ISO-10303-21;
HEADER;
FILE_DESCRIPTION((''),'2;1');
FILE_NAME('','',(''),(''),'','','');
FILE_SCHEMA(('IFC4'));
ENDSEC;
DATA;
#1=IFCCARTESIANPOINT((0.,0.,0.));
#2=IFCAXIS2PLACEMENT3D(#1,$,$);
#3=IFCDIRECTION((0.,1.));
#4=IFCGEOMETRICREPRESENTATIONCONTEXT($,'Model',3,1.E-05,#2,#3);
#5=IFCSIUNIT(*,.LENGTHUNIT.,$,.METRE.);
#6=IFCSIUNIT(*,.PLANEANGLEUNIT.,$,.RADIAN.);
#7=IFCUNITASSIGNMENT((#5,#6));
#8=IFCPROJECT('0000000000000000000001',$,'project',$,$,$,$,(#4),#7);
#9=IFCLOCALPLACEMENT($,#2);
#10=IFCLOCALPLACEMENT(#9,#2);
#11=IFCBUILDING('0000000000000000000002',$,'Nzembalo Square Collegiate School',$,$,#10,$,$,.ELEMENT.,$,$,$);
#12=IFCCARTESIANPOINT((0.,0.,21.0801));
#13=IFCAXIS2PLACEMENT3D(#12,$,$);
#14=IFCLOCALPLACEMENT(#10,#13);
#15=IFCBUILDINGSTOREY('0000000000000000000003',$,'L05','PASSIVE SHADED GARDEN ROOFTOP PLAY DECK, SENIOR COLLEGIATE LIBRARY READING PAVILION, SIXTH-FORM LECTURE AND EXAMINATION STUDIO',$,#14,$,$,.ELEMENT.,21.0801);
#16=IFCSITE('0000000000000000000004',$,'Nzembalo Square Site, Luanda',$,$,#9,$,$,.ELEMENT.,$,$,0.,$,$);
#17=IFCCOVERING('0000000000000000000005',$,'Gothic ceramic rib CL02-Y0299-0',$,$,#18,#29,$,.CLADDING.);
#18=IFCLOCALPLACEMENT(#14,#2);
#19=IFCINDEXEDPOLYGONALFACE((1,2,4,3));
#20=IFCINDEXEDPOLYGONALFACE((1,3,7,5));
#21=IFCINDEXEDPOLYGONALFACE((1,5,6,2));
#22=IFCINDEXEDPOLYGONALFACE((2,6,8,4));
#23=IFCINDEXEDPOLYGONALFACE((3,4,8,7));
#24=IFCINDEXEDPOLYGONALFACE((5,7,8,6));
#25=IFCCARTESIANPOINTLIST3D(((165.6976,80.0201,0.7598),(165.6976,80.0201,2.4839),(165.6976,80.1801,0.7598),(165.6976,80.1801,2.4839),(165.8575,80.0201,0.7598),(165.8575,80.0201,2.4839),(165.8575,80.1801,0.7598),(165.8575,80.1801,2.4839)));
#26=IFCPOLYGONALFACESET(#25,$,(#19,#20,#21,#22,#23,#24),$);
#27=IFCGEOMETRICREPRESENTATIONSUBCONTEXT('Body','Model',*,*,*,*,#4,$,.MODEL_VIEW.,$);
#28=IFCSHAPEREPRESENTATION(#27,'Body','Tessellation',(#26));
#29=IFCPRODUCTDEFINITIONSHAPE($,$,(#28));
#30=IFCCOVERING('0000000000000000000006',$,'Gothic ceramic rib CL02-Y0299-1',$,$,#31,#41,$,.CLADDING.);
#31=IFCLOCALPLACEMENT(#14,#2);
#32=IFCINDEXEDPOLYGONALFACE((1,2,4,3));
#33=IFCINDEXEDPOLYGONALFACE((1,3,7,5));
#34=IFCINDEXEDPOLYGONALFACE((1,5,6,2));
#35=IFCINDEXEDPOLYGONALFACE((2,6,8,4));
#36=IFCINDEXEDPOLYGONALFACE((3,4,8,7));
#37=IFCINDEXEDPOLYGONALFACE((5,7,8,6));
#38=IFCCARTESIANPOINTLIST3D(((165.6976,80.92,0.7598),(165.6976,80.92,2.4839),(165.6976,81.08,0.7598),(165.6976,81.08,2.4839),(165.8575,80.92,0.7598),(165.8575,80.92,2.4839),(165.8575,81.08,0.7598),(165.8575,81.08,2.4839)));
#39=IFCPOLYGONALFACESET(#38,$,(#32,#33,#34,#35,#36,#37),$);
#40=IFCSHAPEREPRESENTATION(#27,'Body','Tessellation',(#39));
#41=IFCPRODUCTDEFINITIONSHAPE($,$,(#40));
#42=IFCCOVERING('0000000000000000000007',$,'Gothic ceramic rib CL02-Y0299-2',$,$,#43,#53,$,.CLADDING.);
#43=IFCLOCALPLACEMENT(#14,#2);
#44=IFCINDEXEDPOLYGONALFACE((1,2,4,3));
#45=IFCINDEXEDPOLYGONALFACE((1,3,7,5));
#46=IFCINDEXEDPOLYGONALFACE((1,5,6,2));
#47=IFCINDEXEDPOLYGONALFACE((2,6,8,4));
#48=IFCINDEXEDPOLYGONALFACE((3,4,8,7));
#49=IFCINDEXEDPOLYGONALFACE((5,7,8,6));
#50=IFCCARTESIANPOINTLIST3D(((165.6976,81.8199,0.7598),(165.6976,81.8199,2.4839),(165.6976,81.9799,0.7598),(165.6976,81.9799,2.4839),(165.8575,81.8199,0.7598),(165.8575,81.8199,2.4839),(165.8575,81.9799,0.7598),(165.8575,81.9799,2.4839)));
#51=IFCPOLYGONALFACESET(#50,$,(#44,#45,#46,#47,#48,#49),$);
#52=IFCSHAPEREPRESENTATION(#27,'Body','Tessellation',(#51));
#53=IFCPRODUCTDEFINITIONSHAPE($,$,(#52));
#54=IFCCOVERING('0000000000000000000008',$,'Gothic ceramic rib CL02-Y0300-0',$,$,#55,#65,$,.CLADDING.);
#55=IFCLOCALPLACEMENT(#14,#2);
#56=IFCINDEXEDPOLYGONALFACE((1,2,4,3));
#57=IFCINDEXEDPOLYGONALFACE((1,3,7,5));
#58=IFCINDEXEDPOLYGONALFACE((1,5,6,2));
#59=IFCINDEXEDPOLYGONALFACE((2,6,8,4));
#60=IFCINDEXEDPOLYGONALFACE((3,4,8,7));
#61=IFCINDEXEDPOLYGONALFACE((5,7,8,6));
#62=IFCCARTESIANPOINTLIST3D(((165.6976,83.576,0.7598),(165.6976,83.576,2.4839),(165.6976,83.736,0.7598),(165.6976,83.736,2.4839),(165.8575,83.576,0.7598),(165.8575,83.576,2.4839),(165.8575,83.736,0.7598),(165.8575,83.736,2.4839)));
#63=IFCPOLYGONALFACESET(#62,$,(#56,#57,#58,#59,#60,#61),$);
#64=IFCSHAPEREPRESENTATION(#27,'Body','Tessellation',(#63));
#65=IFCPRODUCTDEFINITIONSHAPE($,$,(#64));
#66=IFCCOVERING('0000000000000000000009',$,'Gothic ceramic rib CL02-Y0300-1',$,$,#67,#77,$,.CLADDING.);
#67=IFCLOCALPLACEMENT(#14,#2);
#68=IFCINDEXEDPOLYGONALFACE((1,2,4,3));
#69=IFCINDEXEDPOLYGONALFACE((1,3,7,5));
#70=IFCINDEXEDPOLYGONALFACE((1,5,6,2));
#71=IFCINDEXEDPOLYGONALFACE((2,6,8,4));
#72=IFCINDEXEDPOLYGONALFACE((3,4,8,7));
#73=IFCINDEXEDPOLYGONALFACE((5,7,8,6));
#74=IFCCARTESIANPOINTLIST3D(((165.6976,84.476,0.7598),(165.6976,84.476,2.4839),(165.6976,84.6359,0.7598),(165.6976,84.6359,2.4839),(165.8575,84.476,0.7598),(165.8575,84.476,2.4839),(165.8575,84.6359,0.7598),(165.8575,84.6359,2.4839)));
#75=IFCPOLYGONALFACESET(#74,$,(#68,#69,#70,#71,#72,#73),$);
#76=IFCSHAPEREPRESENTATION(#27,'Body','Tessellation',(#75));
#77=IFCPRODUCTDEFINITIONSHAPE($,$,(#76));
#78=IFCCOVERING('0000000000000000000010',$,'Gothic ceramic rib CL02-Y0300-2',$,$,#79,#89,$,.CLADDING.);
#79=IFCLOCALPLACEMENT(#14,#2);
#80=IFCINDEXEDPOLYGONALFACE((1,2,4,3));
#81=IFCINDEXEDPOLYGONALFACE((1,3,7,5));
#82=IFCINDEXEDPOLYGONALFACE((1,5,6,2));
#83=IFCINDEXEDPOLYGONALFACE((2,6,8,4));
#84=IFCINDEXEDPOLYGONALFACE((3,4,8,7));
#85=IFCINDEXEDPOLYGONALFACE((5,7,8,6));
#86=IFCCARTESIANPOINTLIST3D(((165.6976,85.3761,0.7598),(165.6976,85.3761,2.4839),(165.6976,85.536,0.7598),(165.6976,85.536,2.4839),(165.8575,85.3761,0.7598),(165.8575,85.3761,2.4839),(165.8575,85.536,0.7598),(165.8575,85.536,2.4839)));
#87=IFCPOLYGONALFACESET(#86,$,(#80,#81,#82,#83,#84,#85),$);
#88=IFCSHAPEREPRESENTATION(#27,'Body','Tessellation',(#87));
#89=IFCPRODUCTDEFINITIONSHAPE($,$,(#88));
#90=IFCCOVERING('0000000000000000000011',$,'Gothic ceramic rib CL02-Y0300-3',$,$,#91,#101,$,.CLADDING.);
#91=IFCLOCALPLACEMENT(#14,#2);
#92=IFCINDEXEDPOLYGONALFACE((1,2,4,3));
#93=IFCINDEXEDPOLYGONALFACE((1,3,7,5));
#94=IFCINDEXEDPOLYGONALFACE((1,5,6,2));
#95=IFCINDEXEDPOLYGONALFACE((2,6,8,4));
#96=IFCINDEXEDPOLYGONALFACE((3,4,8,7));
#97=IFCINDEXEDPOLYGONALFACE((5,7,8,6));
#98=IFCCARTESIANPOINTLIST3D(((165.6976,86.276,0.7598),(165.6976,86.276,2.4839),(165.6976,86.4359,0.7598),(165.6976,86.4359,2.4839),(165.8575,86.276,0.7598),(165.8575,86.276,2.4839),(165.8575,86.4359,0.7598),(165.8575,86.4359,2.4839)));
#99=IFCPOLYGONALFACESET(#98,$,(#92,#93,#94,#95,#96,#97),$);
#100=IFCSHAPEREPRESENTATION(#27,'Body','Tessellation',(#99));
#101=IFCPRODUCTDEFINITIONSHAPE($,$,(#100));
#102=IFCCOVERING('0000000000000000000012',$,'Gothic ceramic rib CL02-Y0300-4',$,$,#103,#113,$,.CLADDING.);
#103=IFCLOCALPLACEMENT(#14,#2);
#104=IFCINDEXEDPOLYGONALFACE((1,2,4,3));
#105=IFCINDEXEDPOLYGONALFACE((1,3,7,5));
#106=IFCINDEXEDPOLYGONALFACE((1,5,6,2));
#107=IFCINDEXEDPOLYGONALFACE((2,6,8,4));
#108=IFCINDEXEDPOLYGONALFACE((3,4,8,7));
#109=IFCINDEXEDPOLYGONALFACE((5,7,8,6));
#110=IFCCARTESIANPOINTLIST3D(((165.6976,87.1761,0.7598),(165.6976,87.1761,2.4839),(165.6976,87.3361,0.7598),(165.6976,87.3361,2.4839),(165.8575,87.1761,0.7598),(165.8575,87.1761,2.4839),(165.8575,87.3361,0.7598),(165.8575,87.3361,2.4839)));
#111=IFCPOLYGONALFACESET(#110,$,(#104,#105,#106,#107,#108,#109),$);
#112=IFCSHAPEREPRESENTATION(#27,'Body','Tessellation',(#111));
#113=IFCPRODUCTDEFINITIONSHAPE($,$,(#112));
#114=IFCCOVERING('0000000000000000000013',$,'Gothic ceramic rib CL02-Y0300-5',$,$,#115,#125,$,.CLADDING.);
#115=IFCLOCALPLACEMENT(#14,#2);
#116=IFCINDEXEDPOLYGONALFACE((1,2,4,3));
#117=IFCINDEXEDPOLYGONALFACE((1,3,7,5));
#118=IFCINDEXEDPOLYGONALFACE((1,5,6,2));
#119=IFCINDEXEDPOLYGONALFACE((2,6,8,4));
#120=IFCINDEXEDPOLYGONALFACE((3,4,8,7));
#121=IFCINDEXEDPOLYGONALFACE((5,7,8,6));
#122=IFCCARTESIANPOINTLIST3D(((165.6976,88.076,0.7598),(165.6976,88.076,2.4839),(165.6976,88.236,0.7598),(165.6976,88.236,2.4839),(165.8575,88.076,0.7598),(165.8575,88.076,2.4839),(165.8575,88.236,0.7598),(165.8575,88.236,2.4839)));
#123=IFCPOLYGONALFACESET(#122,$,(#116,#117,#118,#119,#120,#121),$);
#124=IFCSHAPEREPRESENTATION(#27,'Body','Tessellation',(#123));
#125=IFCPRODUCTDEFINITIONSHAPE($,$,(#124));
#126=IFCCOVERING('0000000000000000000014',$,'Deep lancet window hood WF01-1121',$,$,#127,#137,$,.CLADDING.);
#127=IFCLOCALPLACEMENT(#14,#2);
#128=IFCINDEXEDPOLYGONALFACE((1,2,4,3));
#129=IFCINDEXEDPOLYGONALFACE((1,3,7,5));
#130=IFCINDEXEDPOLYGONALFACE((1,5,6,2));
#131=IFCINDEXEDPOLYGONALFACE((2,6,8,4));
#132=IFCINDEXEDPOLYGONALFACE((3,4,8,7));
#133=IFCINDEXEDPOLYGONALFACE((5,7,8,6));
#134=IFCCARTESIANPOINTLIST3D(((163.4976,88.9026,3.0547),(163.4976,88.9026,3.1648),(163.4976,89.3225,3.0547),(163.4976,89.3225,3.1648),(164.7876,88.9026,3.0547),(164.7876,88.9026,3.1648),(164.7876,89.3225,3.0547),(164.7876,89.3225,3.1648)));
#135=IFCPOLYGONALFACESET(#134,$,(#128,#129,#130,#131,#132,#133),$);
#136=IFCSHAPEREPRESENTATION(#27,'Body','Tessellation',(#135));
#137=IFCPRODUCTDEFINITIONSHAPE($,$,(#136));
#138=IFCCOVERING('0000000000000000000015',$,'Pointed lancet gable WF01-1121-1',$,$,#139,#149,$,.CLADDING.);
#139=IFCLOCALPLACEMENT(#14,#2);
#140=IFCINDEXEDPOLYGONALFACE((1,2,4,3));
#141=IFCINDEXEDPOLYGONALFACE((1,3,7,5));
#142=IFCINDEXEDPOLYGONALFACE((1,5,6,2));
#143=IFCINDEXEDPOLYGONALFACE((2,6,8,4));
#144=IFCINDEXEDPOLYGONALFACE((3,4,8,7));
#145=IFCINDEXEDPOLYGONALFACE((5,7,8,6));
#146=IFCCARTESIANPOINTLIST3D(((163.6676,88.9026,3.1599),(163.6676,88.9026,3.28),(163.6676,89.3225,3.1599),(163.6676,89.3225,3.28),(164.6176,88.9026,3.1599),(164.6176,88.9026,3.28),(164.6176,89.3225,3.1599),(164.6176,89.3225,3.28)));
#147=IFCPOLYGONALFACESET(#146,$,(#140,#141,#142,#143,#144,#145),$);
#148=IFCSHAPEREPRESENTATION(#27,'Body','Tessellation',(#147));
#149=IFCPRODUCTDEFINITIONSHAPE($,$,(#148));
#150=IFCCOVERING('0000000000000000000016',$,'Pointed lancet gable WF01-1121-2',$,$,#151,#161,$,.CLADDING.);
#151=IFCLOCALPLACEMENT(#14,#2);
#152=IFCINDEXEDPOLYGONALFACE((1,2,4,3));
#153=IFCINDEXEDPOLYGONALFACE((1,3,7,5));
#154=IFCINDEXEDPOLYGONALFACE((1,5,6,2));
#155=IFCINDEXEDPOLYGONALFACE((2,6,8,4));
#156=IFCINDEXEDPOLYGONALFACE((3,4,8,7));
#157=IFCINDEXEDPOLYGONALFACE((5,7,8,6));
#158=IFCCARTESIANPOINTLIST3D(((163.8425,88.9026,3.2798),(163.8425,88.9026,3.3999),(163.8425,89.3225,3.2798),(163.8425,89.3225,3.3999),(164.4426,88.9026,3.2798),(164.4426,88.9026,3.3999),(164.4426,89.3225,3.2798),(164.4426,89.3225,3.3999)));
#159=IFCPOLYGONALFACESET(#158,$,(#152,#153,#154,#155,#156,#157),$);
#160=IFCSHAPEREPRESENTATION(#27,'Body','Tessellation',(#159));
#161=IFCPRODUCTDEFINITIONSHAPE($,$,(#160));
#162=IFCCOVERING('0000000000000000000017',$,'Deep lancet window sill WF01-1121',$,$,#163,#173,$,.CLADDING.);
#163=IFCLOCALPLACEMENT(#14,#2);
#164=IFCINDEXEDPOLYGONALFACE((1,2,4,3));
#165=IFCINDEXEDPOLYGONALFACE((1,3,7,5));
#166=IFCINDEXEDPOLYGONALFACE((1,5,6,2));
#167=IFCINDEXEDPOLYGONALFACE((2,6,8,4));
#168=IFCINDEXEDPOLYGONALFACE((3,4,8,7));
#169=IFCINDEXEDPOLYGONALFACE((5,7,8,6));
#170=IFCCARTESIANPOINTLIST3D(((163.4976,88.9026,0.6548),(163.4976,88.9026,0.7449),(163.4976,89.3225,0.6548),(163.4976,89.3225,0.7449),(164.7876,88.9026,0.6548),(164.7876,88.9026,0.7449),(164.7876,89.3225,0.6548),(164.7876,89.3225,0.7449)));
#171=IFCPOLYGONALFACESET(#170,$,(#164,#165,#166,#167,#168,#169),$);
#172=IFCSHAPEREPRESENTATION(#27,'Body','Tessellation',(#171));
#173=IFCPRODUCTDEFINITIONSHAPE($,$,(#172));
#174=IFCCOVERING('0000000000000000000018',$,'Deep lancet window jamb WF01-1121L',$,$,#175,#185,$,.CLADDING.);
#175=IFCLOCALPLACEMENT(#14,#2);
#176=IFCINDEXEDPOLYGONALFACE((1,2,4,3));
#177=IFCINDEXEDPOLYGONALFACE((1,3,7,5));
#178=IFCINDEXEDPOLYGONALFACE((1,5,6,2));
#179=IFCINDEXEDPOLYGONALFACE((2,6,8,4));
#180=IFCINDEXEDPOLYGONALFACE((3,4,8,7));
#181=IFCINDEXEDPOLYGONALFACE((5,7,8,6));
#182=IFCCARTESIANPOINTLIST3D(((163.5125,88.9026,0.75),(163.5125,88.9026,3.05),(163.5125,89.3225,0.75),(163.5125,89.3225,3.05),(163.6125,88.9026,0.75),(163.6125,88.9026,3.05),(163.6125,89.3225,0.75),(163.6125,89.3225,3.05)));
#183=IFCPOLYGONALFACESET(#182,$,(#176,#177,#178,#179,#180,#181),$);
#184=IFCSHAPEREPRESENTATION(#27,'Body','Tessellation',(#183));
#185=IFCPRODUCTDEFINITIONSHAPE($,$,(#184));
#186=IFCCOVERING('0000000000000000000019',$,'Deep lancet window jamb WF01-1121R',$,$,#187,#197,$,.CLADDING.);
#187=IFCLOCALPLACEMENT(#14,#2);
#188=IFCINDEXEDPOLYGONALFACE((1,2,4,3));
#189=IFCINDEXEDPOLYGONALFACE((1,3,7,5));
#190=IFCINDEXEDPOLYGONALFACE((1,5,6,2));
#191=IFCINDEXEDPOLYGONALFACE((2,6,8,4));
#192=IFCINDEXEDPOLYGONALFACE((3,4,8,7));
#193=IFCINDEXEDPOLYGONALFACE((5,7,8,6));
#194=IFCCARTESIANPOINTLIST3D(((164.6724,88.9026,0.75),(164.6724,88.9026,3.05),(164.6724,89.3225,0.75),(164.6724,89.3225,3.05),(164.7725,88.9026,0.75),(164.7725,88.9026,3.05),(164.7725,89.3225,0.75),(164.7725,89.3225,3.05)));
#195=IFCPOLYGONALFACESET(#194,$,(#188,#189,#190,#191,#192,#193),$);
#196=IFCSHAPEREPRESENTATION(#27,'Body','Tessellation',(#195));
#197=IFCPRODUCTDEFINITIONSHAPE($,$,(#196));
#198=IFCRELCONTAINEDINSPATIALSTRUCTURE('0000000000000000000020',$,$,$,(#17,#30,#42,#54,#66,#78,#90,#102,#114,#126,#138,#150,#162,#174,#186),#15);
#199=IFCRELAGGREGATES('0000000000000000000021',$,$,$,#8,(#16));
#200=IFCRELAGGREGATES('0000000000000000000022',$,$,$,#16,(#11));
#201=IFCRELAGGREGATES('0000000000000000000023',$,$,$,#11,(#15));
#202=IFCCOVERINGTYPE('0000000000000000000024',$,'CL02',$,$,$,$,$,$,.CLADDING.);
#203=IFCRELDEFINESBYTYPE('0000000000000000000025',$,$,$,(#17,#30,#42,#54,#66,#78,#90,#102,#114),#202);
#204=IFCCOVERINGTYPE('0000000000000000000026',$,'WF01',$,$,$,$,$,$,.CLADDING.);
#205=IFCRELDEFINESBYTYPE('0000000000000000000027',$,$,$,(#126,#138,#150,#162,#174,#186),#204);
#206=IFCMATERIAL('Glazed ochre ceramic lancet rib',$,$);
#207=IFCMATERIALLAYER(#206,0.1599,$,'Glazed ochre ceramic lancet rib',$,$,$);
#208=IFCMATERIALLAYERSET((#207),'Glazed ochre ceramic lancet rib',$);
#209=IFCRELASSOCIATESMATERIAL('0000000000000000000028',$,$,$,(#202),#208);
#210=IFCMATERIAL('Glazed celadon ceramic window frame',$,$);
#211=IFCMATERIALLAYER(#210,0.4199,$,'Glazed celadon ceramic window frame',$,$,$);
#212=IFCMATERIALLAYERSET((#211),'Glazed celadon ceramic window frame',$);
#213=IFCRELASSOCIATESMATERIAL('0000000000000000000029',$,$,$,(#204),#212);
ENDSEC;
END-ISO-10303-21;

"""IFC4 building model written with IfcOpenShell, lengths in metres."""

from ifc_helpers import new_model, si_unit, direction, frame, origin, origin_2d, place, context, subcontext, project, spatial, rectangle, extrude, material, layer, layer_set, type_object, element, save


model = new_model("IFC4")

# Units and contexts
model_context = context("Model", 3, precision=1e-05, world=origin(), true_north=direction((0.0, 1.0)))
body_context = subcontext(model_context, "Body", "Model", "MODEL_VIEW")
ifc_project = project(units=[si_unit("LENGTHUNIT", "METRE"), si_unit("PLANEANGLEUNIT", "RADIAN")], contexts=[model_context])

# Site, building, storey
site_placement = place(None, origin())
site = spatial("IfcSite", under=ifc_project, at=site_placement, Name="Nzembalo Square Site, Luanda", CompositionType="ELEMENT", RefElevation=0.0)
building_placement = place(site_placement, origin())
building = spatial("IfcBuilding", under=site, at=building_placement, Name="Nzembalo Square Collegiate School", CompositionType="ELEMENT")
storey_placement = place(building_placement, frame((0.0, 0.0, 21.0801)))
storey = spatial("IfcBuildingStorey", under=building, at=storey_placement, Name="L05", Description="PASSIVE SHADED GARDEN ROOFTOP PLAY DECK, SENIOR COLLEGIATE LIBRARY READING PAVILION, SIXTH-FORM LECTURE AND EXAMINATION STUDIO", CompositionType="ELEMENT", Elevation=21.0801)

# Coverings
ifc_material_1 = material(Name="Glazed ochre ceramic lancet rib")
ifc_layer_1 = layer(ifc_material_1, 0.1599, Name="Glazed ochre ceramic lancet rib")
ifc_layer_set_1 = layer_set([ifc_layer_1], Name="Glazed ochre ceramic lancet rib")
covering_type_1 = type_object("IfcCoveringType", Name="CL02", PredefinedType="CLADDING", material=ifc_layer_set_1)
for number, where, z_axis, x_axis, name in (
    (1, (165.7776, 80.1001, 0.7598), (0.0, 0.0, 1.0), (1.0, 0.0, 0.0), "Gothic ceramic rib CL02-Y0299-0"),
    (2, (165.7776, 81.0, 0.7598), (0.0, 0.0, 1.0), (1.0, 0.0, 0.0), "Gothic ceramic rib CL02-Y0299-1"),
    (3, (165.7776, 81.8999, 0.7598), (0.0, 0.0, 1.0), (1.0, 0.0, 0.0), "Gothic ceramic rib CL02-Y0299-2"),
    (4, (165.7776, 83.656, 0.7598), (0.0, 0.0, 1.0), (1.0, 0.0, 0.0), "Gothic ceramic rib CL02-Y0300-0"),
    (5, (165.7776, 84.5559, 0.7598), (0.0, 0.0, 1.0), (1.0, 0.0, 0.0), "Gothic ceramic rib CL02-Y0300-1"),
    (6, (165.7776, 85.4561, 0.7598), (0.0, 0.0, 1.0), (1.0, 0.0, 0.0), "Gothic ceramic rib CL02-Y0300-2"),
    (7, (165.7776, 86.356, 0.7598), (0.0, 0.0, 1.0), (1.0, 0.0, 0.0), "Gothic ceramic rib CL02-Y0300-3"),
    (8, (165.7776, 87.2561, 0.7598), (0.0, 0.0, 1.0), (1.0, 0.0, 0.0), "Gothic ceramic rib CL02-Y0300-4"),
    (9, (165.7776, 88.156, 0.7598), (0.0, 0.0, 1.0), (1.0, 0.0, 0.0), "Gothic ceramic rib CL02-Y0300-5"),
):
    element("IfcCovering", number, at=place(storey_placement, frame(where, z_axis=z_axis, x_axis=x_axis)), inside=storey, type_object=covering_type_1, Name=name, PredefinedType="CLADDING", context=body_context, shape_type="SweptSolid", body=[
        extrude(rectangle(XDim=0.1599, YDim=0.1599, at=origin_2d()), origin(), (0.0, 0.0, 1.0), 1.7241),
    ])
ifc_material_2 = material(Name="Glazed celadon ceramic window frame")
ifc_layer_2 = layer(ifc_material_2, 0.4199, Name="Glazed celadon ceramic window frame")
ifc_layer_set_2 = layer_set([ifc_layer_2], Name="Glazed celadon ceramic window frame")
covering_type_2 = type_object("IfcCoveringType", Name="WF01", PredefinedType="CLADDING", material=ifc_layer_set_2)
covering_1_placement = place(storey_placement, frame((164.1426, 89.1125, 3.0547), z_axis=(0.0, 0.0, 1.0), x_axis=(1.0, 0.0, 0.0)))
element("IfcCovering", 10, at=covering_1_placement, inside=storey, type_object=covering_type_2, Name="Deep lancet window hood WF01-1121", PredefinedType="CLADDING", context=body_context, shape_type="SweptSolid", body=[
    extrude(rectangle(XDim=1.29, YDim=0.4199, at=origin_2d()), origin(), (0.0, 0.0, 1.0), 0.1101),
])
covering_2_placement = place(storey_placement, frame((164.1426, 89.1125, 3.1599), z_axis=(0.0, 0.0, 1.0), x_axis=(1.0, 0.0, 0.0)))
element("IfcCovering", 11, at=covering_2_placement, inside=storey, type_object=covering_type_2, Name="Pointed lancet gable WF01-1121-1", PredefinedType="CLADDING", context=body_context, shape_type="SweptSolid", body=[
    extrude(rectangle(XDim=0.95, YDim=0.4199, at=origin_2d()), origin(), (0.0, 0.0, 1.0), 0.1201),
])
covering_3_placement = place(storey_placement, frame((164.1426, 89.1125, 3.2798), z_axis=(0.0, 0.0, 1.0), x_axis=(1.0, 0.0, 0.0)))
element("IfcCovering", 12, at=covering_3_placement, inside=storey, type_object=covering_type_2, Name="Pointed lancet gable WF01-1121-2", PredefinedType="CLADDING", context=body_context, shape_type="SweptSolid", body=[
    extrude(rectangle(XDim=0.6001, YDim=0.4199, at=origin_2d()), origin(), (0.0, 0.0, 1.0), 0.1201),
])
covering_4_placement = place(storey_placement, frame((164.1426, 89.1125, 0.6548), z_axis=(0.0, 0.0, 1.0), x_axis=(1.0, 0.0, 0.0)))
element("IfcCovering", 13, at=covering_4_placement, inside=storey, type_object=covering_type_2, Name="Deep lancet window sill WF01-1121", PredefinedType="CLADDING", context=body_context, shape_type="SweptSolid", body=[
    extrude(rectangle(XDim=1.29, YDim=0.4199, at=origin_2d()), origin(), (0.0, 0.0, 1.0), 0.0901),
])
for number, where, z_axis, x_axis, name in (
    (14, (163.5625, 89.1125, 0.75), (0.0, 0.0, 1.0), (1.0, 0.0, 0.0), "Deep lancet window jamb WF01-1121L"),
    (15, (164.7224, 89.1125, 0.75), (0.0, 0.0, 1.0), (1.0, 0.0, 0.0), "Deep lancet window jamb WF01-1121R"),
):
    element("IfcCovering", number, at=place(storey_placement, frame(where, z_axis=z_axis, x_axis=x_axis)), inside=storey, type_object=covering_type_2, Name=name, PredefinedType="CLADDING", context=body_context, shape_type="SweptSolid", body=[
        extrude(rectangle(XDim=0.1001, YDim=0.4199, at=origin_2d()), origin(), (0.0, 0.0, 1.0), 2.3),
    ])

save(model, "model.ifc")
